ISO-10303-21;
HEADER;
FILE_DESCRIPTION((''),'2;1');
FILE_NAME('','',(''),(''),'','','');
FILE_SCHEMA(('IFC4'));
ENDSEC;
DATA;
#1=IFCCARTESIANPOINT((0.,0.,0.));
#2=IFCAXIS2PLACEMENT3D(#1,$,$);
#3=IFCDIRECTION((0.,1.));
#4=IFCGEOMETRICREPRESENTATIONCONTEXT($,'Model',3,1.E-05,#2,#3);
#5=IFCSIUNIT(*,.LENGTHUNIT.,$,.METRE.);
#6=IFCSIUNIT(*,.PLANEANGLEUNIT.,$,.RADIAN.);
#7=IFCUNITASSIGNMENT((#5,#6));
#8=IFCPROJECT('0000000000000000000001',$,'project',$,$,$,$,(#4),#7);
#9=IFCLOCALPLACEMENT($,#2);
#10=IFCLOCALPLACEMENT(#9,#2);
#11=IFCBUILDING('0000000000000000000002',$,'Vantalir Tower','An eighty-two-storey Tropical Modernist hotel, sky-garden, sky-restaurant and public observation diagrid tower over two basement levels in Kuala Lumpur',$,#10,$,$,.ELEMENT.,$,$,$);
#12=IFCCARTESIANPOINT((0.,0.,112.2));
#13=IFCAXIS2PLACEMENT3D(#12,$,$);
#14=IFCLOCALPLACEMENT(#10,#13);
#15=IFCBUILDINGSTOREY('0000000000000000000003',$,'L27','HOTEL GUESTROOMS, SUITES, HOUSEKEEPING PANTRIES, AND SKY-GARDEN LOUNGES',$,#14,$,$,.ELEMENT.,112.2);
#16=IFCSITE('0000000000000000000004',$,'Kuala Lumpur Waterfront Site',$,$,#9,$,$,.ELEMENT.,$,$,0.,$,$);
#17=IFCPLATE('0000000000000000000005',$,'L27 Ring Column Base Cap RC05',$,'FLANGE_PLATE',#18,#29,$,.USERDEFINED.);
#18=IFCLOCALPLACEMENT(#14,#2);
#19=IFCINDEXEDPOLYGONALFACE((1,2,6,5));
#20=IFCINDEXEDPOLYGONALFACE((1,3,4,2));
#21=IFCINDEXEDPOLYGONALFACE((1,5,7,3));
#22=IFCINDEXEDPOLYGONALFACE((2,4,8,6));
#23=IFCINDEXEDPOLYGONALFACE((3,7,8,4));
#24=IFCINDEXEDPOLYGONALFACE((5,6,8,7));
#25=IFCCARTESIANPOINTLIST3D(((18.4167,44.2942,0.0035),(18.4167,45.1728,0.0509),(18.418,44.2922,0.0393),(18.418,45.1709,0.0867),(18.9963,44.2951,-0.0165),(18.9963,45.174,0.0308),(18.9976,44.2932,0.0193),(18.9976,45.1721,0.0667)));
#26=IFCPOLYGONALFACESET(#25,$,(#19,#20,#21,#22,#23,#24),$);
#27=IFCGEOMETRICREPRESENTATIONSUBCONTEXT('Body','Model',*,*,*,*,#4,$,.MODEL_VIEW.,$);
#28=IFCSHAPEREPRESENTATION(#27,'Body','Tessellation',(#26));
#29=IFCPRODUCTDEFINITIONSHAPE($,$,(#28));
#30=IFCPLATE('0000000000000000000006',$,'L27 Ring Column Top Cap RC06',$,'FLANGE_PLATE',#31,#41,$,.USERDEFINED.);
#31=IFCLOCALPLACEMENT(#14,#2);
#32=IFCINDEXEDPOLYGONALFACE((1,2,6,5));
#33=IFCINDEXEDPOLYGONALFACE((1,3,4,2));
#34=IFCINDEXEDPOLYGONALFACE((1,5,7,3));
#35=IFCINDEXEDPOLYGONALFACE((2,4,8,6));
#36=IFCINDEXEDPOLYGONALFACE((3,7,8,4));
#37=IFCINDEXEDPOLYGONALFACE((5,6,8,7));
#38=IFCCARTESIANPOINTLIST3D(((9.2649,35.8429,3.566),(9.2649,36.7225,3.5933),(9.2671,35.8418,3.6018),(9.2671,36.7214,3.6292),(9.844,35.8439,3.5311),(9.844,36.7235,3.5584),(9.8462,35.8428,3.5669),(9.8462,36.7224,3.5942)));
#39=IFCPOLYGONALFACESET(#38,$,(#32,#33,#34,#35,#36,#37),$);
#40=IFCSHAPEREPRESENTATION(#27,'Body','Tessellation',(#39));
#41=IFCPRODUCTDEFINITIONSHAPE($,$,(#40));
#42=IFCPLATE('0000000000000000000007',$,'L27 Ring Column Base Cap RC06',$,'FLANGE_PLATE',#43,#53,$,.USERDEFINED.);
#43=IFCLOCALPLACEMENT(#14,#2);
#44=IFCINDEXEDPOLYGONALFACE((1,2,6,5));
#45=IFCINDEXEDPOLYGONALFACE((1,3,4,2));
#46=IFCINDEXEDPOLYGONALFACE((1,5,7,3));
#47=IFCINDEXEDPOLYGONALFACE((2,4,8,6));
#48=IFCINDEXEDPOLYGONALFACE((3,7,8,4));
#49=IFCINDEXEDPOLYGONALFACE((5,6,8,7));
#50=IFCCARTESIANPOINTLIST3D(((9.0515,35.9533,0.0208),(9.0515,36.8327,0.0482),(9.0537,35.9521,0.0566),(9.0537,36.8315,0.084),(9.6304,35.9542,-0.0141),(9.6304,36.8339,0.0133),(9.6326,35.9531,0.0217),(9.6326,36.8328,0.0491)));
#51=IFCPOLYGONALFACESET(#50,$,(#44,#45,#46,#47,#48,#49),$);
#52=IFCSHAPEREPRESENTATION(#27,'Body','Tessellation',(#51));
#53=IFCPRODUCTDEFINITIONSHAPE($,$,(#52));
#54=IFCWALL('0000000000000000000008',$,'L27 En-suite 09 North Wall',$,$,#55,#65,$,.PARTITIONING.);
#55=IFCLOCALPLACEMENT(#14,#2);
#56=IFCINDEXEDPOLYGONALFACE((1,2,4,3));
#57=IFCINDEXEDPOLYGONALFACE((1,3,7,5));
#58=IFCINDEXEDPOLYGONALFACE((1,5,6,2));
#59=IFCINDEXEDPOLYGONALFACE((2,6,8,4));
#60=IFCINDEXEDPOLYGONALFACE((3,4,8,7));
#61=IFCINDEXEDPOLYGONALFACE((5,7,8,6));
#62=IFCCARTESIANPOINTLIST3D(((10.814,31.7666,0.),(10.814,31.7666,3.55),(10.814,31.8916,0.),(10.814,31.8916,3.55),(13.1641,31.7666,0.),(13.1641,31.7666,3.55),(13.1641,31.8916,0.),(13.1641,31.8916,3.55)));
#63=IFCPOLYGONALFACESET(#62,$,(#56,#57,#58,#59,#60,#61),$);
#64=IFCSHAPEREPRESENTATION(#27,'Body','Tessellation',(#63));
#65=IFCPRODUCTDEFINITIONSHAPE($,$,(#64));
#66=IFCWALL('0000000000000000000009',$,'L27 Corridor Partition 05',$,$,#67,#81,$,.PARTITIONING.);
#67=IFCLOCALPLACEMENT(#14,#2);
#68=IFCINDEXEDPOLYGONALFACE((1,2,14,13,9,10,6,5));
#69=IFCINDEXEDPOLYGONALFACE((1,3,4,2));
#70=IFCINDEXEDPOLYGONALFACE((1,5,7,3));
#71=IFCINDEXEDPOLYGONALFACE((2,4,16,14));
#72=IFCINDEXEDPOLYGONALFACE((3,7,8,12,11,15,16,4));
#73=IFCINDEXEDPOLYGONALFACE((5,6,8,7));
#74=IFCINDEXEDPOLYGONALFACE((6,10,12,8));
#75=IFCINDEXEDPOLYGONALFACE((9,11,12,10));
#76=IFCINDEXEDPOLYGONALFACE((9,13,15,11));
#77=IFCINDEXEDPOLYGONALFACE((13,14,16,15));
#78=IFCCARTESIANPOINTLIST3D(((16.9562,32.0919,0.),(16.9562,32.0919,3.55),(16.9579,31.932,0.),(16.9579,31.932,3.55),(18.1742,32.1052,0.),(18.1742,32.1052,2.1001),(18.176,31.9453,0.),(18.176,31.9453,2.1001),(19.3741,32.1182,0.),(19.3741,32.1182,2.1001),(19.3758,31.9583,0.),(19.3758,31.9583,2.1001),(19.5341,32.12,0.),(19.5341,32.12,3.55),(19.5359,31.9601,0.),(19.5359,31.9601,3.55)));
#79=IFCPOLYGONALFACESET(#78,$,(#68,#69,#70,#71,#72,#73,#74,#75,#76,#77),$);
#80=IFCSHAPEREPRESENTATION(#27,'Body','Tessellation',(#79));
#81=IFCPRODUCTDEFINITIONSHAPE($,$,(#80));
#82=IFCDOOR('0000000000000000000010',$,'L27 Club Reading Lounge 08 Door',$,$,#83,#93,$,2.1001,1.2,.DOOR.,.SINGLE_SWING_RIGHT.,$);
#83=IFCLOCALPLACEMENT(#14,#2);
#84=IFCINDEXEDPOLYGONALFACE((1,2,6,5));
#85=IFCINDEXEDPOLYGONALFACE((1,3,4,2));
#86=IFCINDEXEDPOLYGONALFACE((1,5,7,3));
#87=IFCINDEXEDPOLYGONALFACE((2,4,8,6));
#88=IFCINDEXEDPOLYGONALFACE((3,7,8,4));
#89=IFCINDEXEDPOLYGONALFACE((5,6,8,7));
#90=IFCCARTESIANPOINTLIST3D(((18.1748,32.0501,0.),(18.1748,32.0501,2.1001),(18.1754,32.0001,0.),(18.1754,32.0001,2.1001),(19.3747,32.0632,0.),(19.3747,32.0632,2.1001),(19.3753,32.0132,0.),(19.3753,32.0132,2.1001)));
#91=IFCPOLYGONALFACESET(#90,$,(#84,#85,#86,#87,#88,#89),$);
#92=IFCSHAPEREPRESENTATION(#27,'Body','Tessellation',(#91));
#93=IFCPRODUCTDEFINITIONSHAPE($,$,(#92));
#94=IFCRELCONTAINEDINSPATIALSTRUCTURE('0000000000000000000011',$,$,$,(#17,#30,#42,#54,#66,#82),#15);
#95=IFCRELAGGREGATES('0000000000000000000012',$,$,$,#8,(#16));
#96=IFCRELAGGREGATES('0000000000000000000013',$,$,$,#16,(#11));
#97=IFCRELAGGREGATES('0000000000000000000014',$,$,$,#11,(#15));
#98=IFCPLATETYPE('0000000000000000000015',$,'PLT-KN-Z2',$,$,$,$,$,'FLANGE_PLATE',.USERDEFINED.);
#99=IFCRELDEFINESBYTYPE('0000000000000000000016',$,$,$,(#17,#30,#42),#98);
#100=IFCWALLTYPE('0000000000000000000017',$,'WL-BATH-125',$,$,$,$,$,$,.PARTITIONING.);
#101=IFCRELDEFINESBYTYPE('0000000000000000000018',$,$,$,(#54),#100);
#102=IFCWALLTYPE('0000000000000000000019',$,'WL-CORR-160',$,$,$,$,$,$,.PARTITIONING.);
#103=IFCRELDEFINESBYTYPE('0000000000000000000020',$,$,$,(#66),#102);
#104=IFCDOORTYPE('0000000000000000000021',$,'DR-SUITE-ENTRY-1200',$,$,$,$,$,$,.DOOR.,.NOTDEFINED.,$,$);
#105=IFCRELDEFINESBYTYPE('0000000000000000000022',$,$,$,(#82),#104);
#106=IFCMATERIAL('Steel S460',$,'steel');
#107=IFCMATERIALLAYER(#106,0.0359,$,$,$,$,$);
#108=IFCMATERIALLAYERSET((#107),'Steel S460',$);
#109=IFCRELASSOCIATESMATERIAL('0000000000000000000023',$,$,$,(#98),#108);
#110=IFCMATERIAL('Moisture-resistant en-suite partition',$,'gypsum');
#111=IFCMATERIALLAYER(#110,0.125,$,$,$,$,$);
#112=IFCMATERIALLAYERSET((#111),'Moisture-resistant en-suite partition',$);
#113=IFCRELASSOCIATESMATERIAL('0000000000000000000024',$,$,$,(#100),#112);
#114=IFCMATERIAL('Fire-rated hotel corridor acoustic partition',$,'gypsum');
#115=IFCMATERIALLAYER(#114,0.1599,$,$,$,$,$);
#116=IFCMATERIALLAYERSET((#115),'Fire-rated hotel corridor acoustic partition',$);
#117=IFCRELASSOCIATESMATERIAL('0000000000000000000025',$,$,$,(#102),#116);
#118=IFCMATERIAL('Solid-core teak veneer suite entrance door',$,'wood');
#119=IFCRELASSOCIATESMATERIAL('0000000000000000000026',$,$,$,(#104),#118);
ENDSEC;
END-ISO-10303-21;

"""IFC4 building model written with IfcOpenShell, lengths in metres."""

from ifc_helpers import new_model, si_unit, direction, frame, frame_2d, origin, place, context, subcontext, project, spatial, polyline, rectangle, outline, extrude, material, layer, layer_set, type_object, element, fill, save


model = new_model("IFC4")

# Units and contexts
model_context = context("Model", 3, precision=1e-05, world=origin(), true_north=direction((0.0, 1.0)))
body_context = subcontext(model_context, "Body", "Model", "MODEL_VIEW")
ifc_project = project(units=[si_unit("LENGTHUNIT", "METRE"), si_unit("PLANEANGLEUNIT", "RADIAN")], contexts=[model_context])

# Site, building, storey
site_placement = place(None, origin())
site = spatial("IfcSite", under=ifc_project, at=site_placement, Name="Kuala Lumpur Waterfront Site", CompositionType="ELEMENT", RefElevation=0.0)
building_placement = place(site_placement, origin())
building = spatial("IfcBuilding", under=site, at=building_placement, Name="Vantalir Tower", Description="An eighty-two-storey Tropical Modernist hotel, sky-garden, sky-restaurant and public observation diagrid tower over two basement levels in Kuala Lumpur", CompositionType="ELEMENT")
storey_placement = place(building_placement, frame((0.0, 0.0, 112.2)))
storey = spatial("IfcBuildingStorey", under=building, at=storey_placement, Name="L27", Description="HOTEL GUESTROOMS, SUITES, HOUSEKEEPING PANTRIES, AND SKY-GARDEN LOUNGES", CompositionType="ELEMENT", Elevation=112.2)

# Shared definitions
ifc_material_1 = material(Name="Steel S460", Category="steel")

# Plates
ifc_layer_1 = layer(ifc_material_1, 0.0359)
ifc_layer_set_1 = layer_set([ifc_layer_1], Name="Steel S460")
plate_type_1 = type_object("IfcPlateType", Name="PLT-KN-Z2", ElementType="FLANGE_PLATE", PredefinedType="USERDEFINED", material=ifc_layer_set_1)
plate_1_placement = place(storey_placement, frame((18.418, 45.1709, 0.0867), z_axis=(0.034572, -0.053786, 0.997954), x_axis=(0.0, -0.998551, -0.053818)))
element("IfcPlate", 1, at=plate_1_placement, inside=storey, type_object=plate_type_1, Name="L27 Ring Column Base Cap RC05", ObjectType="FLANGE_PLATE", PredefinedType="USERDEFINED", context=body_context, shape_type="SweptSolid", body=[
    extrude(outline(polyline([(0.0, 0.0), (0.8799, 0.0), (0.88, 0.5799), (-0.0001, 0.5799), (0.0, 0.0)])), origin(), (0.0, 0.0, -1.0), 0.0359),
])
plate_2_placement = place(storey_placement, frame((9.2671, 36.7214, 3.6292), z_axis=(0.060201, -0.031014, 0.997704), x_axis=(0.0, -0.999517, -0.03107)))
element("IfcPlate", 2, at=plate_2_placement, inside=storey, type_object=plate_type_1, Name="L27 Ring Column Top Cap RC06", ObjectType="FLANGE_PLATE", PredefinedType="USERDEFINED", context=body_context, shape_type="SweptSolid", body=[
    extrude(outline(polyline([(0.0, 0.0), (0.8801, 0.0), (0.8802, 0.5802), (0.0001, 0.5802), (0.0, 0.0)])), origin(), (0.0, 0.0, -1.0), 0.0359),
])
plate_3_placement = place(storey_placement, frame((9.0537, 36.8315, 0.084), z_axis=(0.060232, -0.031018, 0.997702), x_axis=(0.0, -0.999517, -0.031075)))
element("IfcPlate", 3, at=plate_3_placement, inside=storey, type_object=plate_type_1, Name="L27 Ring Column Base Cap RC06", ObjectType="FLANGE_PLATE", PredefinedType="USERDEFINED", context=body_context, shape_type="SweptSolid", body=[
    extrude(outline(polyline([(0.0, 0.0), (0.8798, 0.0), (0.8799, 0.5799), (-0.0001, 0.5799), (0.0, 0.0)])), origin(), (0.0, 0.0, -1.0), 0.0359),
])

# Wall
ifc_material_2 = material(Name="Moisture-resistant en-suite partition", Category="gypsum")
ifc_layer_2 = layer(ifc_material_2, 0.125)
ifc_layer_set_2 = layer_set([ifc_layer_2], Name="Moisture-resistant en-suite partition")
wall_type_1 = type_object("IfcWallType", Name="WL-BATH-125", PredefinedType="PARTITIONING", material=ifc_layer_set_2)
wall_1_placement = place(storey_placement, frame((10.814, 31.8291, 0.0), z_axis=(0.0, 0.0, 1.0), x_axis=(1.0, 0.0, 0.0)))
element("IfcWall", 4, at=wall_1_placement, inside=storey, type_object=wall_type_1, Name="L27 En-suite 09 North Wall", PredefinedType="PARTITIONING", context=body_context, shape_type="SweptSolid", body=[
    extrude(rectangle(XDim=2.3501, YDim=0.125, at=frame_2d((1.175, 0.0))), origin(), (0.0, 0.0, 1.0), 3.55),
])

# Wall, opening, door
ifc_material_3 = material(Name="Fire-rated hotel corridor acoustic partition", Category="gypsum")
ifc_layer_3 = layer(ifc_material_3, 0.1599)
ifc_layer_set_3 = layer_set([ifc_layer_3], Name="Fire-rated hotel corridor acoustic partition")
wall_type_2 = type_object("IfcWallType", Name="WL-CORR-160", PredefinedType="PARTITIONING", material=ifc_layer_set_3)
wall_2_placement = place(storey_placement, frame((16.957, 32.012, 0.0), z_axis=(0.0, 0.0, 1.0), x_axis=(0.999941, 0.010891, 0.0)))
wall_2 = element("IfcWall", 5, at=wall_2_placement, inside=storey, type_object=wall_type_2, Name="L27 Corridor Partition 05", PredefinedType="PARTITIONING", context=body_context, shape_type="SweptSolid", body=[
    extrude(rectangle(XDim=2.5781, YDim=0.1599, at=frame_2d((1.2891, 0.0))), origin(), (0.0, 0.0, 1.0), 3.55),
])
opening_placement = place(wall_2_placement, frame((1.218, 0.0, 0.0)))
opening = element("IfcOpeningElement", 6, at=opening_placement, cuts=wall_2, PredefinedType="OPENING", context=body_context, shape_type="SweptSolid", body=[
    extrude(rectangle(XDim=1.2, YDim=2.1001, at=frame_2d((0.6001, 1.05))), frame((0.0, 0.0898, 0.0), z_axis=(0.0, -1.0, 0.0), x_axis=(1.0, 0.0, 0.0)), (0.0, 0.0, 1.0), 0.1799),
])
ifc_material_4 = material(Name="Solid-core teak veneer suite entrance door", Category="wood")
door_type = type_object("IfcDoorType", Name="DR-SUITE-ENTRY-1200", OperationType="NOTDEFINED", PredefinedType="DOOR", material=ifc_material_4)
door_placement = place(opening_placement, origin())
door = element("IfcDoor", 7, at=door_placement, inside=storey, type_object=door_type, Name="L27 Club Reading Lounge 08 Door", OperationType="SINGLE_SWING_RIGHT", OverallHeight=2.1001, OverallWidth=1.2, PredefinedType="DOOR", context=body_context, shape_type="SweptSolid", body=[
    extrude(rectangle(XDim=1.2, YDim=2.1001, at=frame_2d((0.6001, 1.05))), frame((0.0, 0.0249, 0.0), z_axis=(0.0, -1.0, 0.0), x_axis=(1.0, 0.0, 0.0)), (0.0, 0.0, 1.0), 0.05),
])
fill(opening, door)

save(model, "model.ifc")
